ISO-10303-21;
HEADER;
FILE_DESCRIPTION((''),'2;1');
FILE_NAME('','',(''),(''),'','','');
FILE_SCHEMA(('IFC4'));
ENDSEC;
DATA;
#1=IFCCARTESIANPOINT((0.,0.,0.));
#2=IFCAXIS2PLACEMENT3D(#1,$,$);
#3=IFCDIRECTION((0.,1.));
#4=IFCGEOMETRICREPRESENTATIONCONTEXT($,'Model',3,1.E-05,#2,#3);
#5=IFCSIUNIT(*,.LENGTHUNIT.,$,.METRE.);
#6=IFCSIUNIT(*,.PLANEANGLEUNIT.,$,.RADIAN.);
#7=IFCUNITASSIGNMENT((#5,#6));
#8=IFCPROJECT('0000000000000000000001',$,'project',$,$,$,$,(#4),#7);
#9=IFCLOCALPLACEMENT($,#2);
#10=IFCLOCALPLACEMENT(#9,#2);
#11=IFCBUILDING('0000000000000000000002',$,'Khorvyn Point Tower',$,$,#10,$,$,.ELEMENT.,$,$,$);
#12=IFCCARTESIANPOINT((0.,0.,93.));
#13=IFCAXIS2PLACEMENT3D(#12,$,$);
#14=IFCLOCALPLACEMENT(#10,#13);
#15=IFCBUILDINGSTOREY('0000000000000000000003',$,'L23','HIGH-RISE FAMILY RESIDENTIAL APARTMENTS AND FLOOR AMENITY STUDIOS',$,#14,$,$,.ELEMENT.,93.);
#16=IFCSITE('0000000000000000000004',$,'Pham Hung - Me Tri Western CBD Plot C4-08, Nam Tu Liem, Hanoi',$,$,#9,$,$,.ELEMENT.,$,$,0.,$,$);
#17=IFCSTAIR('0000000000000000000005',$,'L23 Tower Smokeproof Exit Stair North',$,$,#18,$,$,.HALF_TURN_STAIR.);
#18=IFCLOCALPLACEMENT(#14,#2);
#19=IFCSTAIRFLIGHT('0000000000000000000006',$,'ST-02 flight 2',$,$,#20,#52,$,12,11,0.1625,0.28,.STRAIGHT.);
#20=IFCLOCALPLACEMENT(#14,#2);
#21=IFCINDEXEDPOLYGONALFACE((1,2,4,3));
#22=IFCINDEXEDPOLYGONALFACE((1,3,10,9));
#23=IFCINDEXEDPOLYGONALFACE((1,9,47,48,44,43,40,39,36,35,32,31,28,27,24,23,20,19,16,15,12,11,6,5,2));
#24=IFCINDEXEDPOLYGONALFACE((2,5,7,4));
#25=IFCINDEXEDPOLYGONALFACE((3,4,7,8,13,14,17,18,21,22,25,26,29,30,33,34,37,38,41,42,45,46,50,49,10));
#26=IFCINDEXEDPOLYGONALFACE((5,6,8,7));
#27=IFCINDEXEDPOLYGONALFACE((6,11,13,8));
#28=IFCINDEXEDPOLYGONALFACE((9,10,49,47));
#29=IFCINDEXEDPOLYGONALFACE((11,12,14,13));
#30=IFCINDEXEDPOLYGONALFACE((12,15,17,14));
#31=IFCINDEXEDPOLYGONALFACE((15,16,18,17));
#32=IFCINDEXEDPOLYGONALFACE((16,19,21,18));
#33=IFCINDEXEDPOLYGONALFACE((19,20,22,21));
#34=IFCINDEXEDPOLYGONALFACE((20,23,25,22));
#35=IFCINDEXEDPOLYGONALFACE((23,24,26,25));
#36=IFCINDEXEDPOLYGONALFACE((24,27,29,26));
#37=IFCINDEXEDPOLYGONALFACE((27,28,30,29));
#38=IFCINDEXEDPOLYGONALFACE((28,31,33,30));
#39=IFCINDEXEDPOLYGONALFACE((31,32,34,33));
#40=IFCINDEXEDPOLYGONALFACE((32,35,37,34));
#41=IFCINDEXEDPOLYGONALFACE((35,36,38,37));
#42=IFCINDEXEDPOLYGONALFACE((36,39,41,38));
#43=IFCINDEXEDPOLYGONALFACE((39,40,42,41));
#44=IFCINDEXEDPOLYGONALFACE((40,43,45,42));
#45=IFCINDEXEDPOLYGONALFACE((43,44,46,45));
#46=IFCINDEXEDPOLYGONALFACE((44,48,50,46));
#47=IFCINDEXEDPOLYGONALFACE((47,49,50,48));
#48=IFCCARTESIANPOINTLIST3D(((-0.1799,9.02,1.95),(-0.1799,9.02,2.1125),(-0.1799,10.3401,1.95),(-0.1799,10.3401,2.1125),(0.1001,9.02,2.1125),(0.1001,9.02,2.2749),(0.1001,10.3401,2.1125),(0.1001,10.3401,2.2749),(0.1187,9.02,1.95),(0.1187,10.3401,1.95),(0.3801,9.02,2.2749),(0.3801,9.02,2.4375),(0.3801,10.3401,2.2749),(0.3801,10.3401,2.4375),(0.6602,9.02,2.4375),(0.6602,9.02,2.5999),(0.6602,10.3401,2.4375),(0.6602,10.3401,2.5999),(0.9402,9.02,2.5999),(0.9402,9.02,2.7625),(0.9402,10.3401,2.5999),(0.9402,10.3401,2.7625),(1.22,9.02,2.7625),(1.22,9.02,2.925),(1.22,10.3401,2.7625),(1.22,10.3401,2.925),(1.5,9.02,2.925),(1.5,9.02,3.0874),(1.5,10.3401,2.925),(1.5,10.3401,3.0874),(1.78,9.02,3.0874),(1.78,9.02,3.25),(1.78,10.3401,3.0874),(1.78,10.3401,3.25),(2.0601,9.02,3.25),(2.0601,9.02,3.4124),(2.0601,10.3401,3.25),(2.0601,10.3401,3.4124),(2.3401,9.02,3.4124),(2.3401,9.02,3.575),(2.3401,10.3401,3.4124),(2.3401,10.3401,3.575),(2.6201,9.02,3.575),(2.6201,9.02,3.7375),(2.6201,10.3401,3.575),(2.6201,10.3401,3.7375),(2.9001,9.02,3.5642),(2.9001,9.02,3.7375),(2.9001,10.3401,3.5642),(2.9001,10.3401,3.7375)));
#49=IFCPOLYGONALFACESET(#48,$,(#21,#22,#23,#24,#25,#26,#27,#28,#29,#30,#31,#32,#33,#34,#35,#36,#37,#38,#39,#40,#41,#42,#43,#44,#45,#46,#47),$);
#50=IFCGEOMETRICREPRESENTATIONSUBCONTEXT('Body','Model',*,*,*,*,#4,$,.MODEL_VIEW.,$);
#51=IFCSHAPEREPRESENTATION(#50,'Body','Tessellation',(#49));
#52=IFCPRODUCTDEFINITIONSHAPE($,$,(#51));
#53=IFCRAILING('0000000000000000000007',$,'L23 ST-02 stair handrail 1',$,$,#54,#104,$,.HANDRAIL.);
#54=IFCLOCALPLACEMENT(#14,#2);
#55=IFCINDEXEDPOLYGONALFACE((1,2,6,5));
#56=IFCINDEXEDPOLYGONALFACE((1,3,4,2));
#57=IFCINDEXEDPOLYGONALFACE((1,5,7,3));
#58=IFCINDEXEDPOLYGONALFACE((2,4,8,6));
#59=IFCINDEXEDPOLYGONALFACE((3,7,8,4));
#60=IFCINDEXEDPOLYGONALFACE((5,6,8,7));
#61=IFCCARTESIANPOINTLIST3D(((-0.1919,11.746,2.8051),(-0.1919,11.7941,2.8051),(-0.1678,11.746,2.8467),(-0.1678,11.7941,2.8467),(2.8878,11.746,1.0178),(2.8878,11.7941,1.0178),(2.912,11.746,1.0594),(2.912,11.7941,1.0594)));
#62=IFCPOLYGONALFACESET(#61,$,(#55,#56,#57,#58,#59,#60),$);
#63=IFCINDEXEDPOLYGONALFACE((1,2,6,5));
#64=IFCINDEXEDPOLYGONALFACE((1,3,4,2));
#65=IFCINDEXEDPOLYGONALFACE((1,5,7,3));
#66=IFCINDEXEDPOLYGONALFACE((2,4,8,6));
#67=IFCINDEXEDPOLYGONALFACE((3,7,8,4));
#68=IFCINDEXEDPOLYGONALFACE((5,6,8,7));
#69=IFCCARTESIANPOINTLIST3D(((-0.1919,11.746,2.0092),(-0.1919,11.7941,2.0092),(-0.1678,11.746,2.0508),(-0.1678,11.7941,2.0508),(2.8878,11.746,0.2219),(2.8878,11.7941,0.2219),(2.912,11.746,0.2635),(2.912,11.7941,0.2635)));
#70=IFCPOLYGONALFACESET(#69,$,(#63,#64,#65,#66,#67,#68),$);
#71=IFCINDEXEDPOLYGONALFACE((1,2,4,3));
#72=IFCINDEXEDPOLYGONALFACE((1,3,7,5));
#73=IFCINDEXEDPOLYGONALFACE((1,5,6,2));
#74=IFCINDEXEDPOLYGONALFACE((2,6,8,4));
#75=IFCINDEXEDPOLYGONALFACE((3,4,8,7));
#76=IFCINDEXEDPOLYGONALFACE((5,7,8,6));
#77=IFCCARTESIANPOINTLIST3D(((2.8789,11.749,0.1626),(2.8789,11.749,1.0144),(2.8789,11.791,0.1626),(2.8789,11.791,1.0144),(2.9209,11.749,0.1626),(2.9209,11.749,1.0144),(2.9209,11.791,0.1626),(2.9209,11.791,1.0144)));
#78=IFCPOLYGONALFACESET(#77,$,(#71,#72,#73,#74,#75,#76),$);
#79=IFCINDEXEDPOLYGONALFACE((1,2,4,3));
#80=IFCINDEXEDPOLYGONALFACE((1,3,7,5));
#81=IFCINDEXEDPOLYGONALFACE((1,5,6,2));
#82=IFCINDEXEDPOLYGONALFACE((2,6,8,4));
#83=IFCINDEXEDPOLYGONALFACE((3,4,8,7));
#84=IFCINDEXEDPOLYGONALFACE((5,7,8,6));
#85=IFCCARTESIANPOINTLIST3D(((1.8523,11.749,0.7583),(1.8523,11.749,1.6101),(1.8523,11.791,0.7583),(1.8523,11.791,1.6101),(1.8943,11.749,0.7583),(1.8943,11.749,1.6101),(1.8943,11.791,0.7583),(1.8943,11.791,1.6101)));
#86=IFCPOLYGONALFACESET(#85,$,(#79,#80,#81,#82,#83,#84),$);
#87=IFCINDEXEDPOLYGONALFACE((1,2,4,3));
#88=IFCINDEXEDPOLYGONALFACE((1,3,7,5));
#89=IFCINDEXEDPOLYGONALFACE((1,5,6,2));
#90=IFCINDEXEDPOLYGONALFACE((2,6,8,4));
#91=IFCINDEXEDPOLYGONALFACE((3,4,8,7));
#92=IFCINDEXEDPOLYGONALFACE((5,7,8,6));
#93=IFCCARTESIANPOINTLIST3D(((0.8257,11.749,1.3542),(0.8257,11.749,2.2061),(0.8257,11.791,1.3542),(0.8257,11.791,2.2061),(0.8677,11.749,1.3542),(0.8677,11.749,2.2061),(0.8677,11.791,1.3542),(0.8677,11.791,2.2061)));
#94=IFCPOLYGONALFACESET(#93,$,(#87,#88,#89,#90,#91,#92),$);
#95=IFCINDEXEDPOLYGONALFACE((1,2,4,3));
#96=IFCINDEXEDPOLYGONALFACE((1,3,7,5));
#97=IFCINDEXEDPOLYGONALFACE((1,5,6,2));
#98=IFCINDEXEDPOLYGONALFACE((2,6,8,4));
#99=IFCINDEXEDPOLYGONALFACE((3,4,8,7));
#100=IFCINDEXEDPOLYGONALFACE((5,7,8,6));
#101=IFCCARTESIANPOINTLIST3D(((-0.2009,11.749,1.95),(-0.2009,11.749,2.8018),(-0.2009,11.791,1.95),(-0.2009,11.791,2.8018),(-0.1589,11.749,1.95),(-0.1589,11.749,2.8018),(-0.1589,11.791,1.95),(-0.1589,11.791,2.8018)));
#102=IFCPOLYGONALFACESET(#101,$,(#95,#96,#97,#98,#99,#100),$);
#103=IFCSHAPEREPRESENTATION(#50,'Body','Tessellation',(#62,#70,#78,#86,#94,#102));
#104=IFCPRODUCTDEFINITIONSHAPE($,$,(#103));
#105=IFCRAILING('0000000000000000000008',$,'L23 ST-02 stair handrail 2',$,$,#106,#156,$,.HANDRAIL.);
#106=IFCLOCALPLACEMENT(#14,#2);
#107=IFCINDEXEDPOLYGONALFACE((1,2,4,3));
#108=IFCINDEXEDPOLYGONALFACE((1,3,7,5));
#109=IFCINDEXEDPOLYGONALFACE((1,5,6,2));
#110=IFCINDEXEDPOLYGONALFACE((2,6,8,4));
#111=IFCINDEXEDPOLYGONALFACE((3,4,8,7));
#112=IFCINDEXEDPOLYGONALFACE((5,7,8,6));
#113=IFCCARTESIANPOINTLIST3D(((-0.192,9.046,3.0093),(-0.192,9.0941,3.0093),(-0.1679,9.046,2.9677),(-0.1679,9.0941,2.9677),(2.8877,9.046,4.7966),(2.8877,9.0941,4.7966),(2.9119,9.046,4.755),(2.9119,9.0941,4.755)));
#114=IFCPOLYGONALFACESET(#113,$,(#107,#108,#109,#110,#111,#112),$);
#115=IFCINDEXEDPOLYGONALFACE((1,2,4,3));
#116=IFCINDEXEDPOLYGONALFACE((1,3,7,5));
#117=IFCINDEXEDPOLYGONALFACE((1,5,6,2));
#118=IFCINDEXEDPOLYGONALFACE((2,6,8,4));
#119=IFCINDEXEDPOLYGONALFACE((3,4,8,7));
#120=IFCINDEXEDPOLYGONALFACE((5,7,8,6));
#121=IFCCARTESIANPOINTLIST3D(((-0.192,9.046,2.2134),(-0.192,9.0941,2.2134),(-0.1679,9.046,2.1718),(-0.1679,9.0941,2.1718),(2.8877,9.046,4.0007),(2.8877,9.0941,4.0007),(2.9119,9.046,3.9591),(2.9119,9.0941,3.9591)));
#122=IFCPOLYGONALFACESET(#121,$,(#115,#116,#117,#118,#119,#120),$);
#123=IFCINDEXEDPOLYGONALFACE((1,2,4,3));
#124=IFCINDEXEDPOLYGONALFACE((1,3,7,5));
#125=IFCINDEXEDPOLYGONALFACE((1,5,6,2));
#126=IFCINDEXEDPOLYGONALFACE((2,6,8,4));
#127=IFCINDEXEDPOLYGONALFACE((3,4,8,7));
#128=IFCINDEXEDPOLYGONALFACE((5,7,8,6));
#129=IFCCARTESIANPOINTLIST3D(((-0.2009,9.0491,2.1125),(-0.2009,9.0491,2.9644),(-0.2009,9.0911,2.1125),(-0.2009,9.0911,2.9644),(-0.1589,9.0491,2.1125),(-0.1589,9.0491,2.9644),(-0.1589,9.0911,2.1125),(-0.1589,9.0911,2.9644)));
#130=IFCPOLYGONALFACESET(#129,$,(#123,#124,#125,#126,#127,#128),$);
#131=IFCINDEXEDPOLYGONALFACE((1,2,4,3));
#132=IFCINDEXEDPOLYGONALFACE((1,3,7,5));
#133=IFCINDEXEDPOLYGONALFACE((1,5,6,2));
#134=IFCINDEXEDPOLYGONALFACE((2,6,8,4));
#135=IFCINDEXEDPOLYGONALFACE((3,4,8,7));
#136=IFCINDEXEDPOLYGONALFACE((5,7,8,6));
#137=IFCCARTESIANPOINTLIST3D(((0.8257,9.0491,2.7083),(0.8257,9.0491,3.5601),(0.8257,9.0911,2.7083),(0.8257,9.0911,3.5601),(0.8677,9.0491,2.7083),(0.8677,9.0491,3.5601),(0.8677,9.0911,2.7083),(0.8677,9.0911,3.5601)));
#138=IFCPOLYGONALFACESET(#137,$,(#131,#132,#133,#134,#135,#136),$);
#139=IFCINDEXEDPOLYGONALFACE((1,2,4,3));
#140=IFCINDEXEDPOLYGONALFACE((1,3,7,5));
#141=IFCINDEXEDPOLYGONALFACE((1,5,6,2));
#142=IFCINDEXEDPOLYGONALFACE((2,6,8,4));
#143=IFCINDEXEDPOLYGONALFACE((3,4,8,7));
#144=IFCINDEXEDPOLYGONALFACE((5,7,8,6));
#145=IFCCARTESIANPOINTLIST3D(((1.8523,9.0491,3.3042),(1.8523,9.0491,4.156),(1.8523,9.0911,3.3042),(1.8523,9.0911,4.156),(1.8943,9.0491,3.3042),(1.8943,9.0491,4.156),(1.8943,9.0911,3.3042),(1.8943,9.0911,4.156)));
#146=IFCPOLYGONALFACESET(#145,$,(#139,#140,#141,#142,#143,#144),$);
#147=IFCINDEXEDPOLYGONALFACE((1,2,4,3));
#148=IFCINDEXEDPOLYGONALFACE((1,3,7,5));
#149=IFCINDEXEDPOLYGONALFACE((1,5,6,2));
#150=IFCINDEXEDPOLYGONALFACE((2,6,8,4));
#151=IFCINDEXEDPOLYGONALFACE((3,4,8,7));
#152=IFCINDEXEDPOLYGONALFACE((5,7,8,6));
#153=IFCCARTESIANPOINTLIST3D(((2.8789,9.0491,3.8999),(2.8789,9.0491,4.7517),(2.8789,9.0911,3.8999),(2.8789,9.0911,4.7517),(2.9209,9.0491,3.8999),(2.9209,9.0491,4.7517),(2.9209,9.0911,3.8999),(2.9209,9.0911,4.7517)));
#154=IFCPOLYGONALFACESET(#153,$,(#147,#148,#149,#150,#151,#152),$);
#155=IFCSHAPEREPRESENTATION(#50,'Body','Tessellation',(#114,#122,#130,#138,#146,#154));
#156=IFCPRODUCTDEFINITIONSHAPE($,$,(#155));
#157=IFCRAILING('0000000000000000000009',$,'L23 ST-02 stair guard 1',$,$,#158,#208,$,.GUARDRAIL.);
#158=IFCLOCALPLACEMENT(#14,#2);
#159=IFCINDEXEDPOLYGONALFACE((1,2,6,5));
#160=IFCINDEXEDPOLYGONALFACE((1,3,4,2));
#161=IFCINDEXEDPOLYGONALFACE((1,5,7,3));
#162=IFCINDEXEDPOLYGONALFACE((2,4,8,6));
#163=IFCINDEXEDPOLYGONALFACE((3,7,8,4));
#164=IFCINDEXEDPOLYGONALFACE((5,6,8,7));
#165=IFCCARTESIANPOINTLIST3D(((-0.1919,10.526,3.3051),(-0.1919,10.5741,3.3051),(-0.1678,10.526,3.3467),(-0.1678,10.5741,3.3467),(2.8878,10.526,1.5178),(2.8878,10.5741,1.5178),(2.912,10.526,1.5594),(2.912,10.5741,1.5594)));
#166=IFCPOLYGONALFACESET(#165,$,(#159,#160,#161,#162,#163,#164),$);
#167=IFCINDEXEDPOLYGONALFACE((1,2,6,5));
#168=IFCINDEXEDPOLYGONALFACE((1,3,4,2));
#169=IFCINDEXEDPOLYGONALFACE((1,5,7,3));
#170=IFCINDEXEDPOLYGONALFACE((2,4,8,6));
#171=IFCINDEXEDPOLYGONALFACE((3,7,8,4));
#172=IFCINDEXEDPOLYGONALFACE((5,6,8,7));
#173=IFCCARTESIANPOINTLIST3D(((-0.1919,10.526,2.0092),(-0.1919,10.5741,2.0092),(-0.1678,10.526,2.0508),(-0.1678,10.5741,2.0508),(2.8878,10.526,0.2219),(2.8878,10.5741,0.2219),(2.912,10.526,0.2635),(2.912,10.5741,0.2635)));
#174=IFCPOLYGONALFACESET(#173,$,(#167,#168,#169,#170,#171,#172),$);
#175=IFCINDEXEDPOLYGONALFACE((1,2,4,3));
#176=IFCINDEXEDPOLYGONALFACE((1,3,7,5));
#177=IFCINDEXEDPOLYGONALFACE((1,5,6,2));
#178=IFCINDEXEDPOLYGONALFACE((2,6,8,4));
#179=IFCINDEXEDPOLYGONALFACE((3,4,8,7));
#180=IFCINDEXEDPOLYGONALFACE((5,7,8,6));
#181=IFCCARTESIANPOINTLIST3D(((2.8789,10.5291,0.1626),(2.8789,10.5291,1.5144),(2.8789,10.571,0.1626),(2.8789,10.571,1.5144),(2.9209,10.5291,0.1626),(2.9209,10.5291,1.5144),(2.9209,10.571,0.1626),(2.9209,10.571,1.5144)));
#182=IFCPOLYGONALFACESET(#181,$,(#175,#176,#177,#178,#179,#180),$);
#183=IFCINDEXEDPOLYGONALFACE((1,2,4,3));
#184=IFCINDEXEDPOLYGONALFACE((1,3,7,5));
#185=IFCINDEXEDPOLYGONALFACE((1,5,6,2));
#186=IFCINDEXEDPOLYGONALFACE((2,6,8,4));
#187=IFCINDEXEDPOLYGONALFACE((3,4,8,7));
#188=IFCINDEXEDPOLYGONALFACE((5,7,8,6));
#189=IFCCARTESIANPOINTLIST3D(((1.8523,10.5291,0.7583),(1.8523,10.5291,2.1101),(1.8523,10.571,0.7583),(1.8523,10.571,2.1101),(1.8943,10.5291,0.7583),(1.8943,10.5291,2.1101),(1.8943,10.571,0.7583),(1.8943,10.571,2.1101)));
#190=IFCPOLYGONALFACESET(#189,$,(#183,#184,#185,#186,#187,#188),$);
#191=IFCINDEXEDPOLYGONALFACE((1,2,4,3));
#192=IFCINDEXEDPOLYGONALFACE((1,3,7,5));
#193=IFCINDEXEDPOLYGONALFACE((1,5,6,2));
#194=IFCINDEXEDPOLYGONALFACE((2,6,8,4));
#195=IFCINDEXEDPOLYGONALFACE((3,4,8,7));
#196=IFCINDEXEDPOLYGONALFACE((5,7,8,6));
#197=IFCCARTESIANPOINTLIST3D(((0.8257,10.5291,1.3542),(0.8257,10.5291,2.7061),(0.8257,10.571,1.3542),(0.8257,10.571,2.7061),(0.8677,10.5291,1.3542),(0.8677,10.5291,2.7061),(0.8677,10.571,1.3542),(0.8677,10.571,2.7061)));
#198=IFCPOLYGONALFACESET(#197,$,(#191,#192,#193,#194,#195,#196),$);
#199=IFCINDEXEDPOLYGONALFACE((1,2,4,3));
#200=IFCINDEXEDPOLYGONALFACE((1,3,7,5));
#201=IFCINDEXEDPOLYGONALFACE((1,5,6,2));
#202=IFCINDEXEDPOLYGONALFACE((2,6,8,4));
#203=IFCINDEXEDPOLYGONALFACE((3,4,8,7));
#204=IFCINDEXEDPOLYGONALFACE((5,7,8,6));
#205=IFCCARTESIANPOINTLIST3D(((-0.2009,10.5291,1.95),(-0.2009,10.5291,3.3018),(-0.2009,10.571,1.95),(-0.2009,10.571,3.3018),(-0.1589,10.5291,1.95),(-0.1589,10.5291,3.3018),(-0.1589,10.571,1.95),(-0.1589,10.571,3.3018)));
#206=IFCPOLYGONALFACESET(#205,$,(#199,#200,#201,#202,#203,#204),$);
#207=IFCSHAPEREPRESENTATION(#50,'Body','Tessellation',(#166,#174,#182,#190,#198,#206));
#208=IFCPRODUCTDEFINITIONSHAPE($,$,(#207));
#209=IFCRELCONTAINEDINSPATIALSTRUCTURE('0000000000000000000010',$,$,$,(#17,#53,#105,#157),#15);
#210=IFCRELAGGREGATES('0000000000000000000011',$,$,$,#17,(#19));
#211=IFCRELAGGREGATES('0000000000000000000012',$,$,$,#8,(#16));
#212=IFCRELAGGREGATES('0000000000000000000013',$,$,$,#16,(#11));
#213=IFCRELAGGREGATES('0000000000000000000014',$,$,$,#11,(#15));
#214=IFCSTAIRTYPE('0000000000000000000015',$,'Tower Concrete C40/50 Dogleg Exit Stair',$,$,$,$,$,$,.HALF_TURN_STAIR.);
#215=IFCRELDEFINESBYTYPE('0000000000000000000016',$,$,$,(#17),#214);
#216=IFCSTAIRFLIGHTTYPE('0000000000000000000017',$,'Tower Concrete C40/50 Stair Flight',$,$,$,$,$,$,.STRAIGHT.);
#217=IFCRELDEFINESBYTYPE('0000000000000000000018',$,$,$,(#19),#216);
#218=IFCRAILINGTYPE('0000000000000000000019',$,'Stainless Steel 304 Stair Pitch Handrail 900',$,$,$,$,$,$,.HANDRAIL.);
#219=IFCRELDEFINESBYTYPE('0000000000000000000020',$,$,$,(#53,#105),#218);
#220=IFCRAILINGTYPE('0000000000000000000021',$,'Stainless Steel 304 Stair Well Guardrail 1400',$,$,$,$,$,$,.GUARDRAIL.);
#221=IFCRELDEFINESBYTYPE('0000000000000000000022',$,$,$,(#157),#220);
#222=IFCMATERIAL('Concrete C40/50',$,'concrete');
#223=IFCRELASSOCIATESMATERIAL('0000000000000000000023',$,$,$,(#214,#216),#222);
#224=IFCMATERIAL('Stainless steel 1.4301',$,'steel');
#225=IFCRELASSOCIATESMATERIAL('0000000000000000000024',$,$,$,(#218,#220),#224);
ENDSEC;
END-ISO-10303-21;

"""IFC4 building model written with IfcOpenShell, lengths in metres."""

from ifc_helpers import new_model, si_unit, direction, frame, origin, origin_2d, place, context, subcontext, project, spatial, polyline, rectangle, outline, extrude, material, type_object, element, aggregate, save


model = new_model("IFC4")

# Units and contexts
model_context = context("Model", 3, precision=1e-05, world=origin(), true_north=direction((0.0, 1.0)))
body_context = subcontext(model_context, "Body", "Model", "MODEL_VIEW")
ifc_project = project(units=[si_unit("LENGTHUNIT", "METRE"), si_unit("PLANEANGLEUNIT", "RADIAN")], contexts=[model_context])

# Site, building, storey
site_placement = place(None, origin())
site = spatial("IfcSite", under=ifc_project, at=site_placement, Name="Pham Hung - Me Tri Western CBD Plot C4-08, Nam Tu Liem, Hanoi", CompositionType="ELEMENT", RefElevation=0.0)
building_placement = place(site_placement, origin())
building = spatial("IfcBuilding", under=site, at=building_placement, Name="Khorvyn Point Tower", CompositionType="ELEMENT")
storey_placement = place(building_placement, frame((0.0, 0.0, 93.0)))
storey = spatial("IfcBuildingStorey", under=building, at=storey_placement, Name="L23", Description="HIGH-RISE FAMILY RESIDENTIAL APARTMENTS AND FLOOR AMENITY STUDIOS", CompositionType="ELEMENT", Elevation=93.0)

# Shared definitions
ifc_material_1 = material(Name="Concrete C40/50", Category="concrete")

# Shared definitions
ifc_material_2 = material(Name="Stainless steel 1.4301", Category="steel")

# Stair, stair flight
stair_type = type_object("IfcStairType", Name="Tower Concrete C40/50 Dogleg Exit Stair", PredefinedType="HALF_TURN_STAIR", material=ifc_material_1)
stair_placement = place(storey_placement, origin())
stair = element("IfcStair", 1, at=stair_placement, inside=storey, type_object=stair_type, Name="L23 Tower Smokeproof Exit Stair North", PredefinedType="HALF_TURN_STAIR")
stair_flight_type = type_object("IfcStairFlightType", Name="Tower Concrete C40/50 Stair Flight", PredefinedType="STRAIGHT", material=ifc_material_1)
stair_flight_1_placement = place(storey_placement, frame((-0.1799, 9.6799, 1.95), z_axis=(0.0, 0.0, 1.0), x_axis=(1.0, 0.0, 0.0)))
stair_flight_1 = element("IfcStairFlight", 2, at=stair_flight_1_placement, type_object=stair_flight_type, Name="ST-02 flight 2", NumberOfRisers=12, NumberOfTreads=11, PredefinedType="STRAIGHT", RiserHeight=0.1625, TreadLength=0.28, context=body_context, shape_type="SweptSolid", body=[
    extrude(outline(polyline([(0.0, 0.0), (0.0, 0.1626), (0.28, 0.1626), (0.28, 0.325), (0.5601, 0.325), (0.5601, 0.4875), (0.8401, 0.4875), (0.8401, 0.6499), (1.1201, 0.6499), (1.1201, 0.8125), (1.3999, 0.8125), (1.3999, 0.9751), (1.6799, 0.9751), (1.6799, 1.1375), (1.96, 1.1375), (1.96, 1.3), (2.24, 1.3), (2.24, 1.4624), (2.52, 1.4624), (2.52, 1.625), (2.8, 1.625), (2.8, 1.7876), (3.0801, 1.7876), (3.0801, 1.95), (3.0801, 1.6143), (0.2986, 0.0), (0.0, 0.0)])), frame((0.0, 0.6602, 0.0), z_axis=(0.0, -1.0, 0.0), x_axis=(1.0, 0.0, 0.0)), (0.0, 0.0, 1.0), 1.3201),
])
aggregate(stair, [stair_flight_1])

# Railings
railing_type_1 = type_object("IfcRailingType", Name="Stainless Steel 304 Stair Pitch Handrail 900", PredefinedType="HANDRAIL", material=ifc_material_2)
railing_1_placement = place(storey_placement, frame((2.8999, 11.77, 0.1626)))
element("IfcRailing", 3, at=railing_1_placement, inside=storey, type_object=railing_type_1, Name="L23 ST-02 stair handrail 1", PredefinedType="HANDRAIL", context=body_context, shape_type="SweptSolid", body=[
    extrude(rectangle(XDim=0.0481, YDim=0.0481, at=origin_2d()), frame((0.0, 0.0, 0.876), z_axis=(-0.864903, 0.0, 0.501939), x_axis=(0.0, -1.0, 0.0)), (0.0, 0.0, 1.0), 3.5608),
    extrude(rectangle(XDim=0.0481, YDim=0.0481, at=origin_2d()), frame((0.0, 0.0, 0.0801), z_axis=(-0.864903, 0.0, 0.501939), x_axis=(0.0, -1.0, 0.0)), (0.0, 0.0, 1.0), 3.5608),
    extrude(rectangle(XDim=0.042, YDim=0.042, at=origin_2d()), origin(), (0.0, 0.0, 1.0), 0.8518),
    extrude(rectangle(XDim=0.042, YDim=0.042, at=origin_2d()), frame((-1.0266, 0.0, 0.5957)), (0.0, 0.0, 1.0), 0.8518),
    extrude(rectangle(XDim=0.042, YDim=0.042, at=origin_2d()), frame((-2.0532, 0.0, 1.1917)), (0.0, 0.0, 1.0), 0.8518),
    extrude(rectangle(XDim=0.042, YDim=0.042, at=origin_2d()), frame((-3.0798, 0.0, 1.7874)), (0.0, 0.0, 1.0), 0.8518),
])
railing_2_placement = place(storey_placement, frame((-0.1799, 9.0701, 2.1125)))
element("IfcRailing", 4, at=railing_2_placement, inside=storey, type_object=railing_type_1, Name="L23 ST-02 stair handrail 2", PredefinedType="HANDRAIL", context=body_context, shape_type="SweptSolid", body=[
    extrude(rectangle(XDim=0.0481, YDim=0.0481, at=origin_2d()), frame((0.0, 0.0, 0.876), z_axis=(0.864903, 0.0, 0.501939), x_axis=(0.0, 1.0, 0.0)), (0.0, 0.0, 1.0), 3.5608),
    extrude(rectangle(XDim=0.0481, YDim=0.0481, at=origin_2d()), frame((0.0, 0.0, 0.0801), z_axis=(0.864903, 0.0, 0.501939), x_axis=(0.0, 1.0, 0.0)), (0.0, 0.0, 1.0), 3.5608),
    extrude(rectangle(XDim=0.042, YDim=0.042, at=origin_2d()), origin(), (0.0, 0.0, 1.0), 0.8518),
    extrude(rectangle(XDim=0.042, YDim=0.042, at=origin_2d()), frame((1.0266, 0.0, 0.5957)), (0.0, 0.0, 1.0), 0.8518),
    extrude(rectangle(XDim=0.042, YDim=0.042, at=origin_2d()), frame((2.0532, 0.0, 1.1917)), (0.0, 0.0, 1.0), 0.8518),
    extrude(rectangle(XDim=0.042, YDim=0.042, at=origin_2d()), frame((3.0798, 0.0, 1.7874)), (0.0, 0.0, 1.0), 0.8518),
])
railing_type_2 = type_object("IfcRailingType", Name="Stainless Steel 304 Stair Well Guardrail 1400", PredefinedType="GUARDRAIL", material=ifc_material_2)
railing_3_placement = place(storey_placement, frame((2.8999, 10.55, 0.1626)))
element("IfcRailing", 5, at=railing_3_placement, inside=storey, type_object=railing_type_2, Name="L23 ST-02 stair guard 1", PredefinedType="GUARDRAIL", context=body_context, shape_type="SweptSolid", body=[
    extrude(rectangle(XDim=0.0481, YDim=0.0481, at=origin_2d()), frame((0.0, 0.0, 1.376), z_axis=(-0.864903, 0.0, 0.501939), x_axis=(0.0, -1.0, 0.0)), (0.0, 0.0, 1.0), 3.5608),
    extrude(rectangle(XDim=0.0481, YDim=0.0481, at=origin_2d()), frame((0.0, 0.0, 0.0801), z_axis=(-0.864903, 0.0, 0.501939), x_axis=(0.0, -1.0, 0.0)), (0.0, 0.0, 1.0), 3.5608),
    extrude(rectangle(XDim=0.042, YDim=0.042, at=origin_2d()), origin(), (0.0, 0.0, 1.0), 1.3518),
    extrude(rectangle(XDim=0.042, YDim=0.042, at=origin_2d()), frame((-1.0266, 0.0, 0.5957)), (0.0, 0.0, 1.0), 1.3518),
    extrude(rectangle(XDim=0.042, YDim=0.042, at=origin_2d()), frame((-2.0532, 0.0, 1.1917)), (0.0, 0.0, 1.0), 1.3518),
    extrude(rectangle(XDim=0.042, YDim=0.042, at=origin_2d()), frame((-3.0798, 0.0, 1.7874)), (0.0, 0.0, 1.0), 1.3518),
])

save(model, "model.ifc")
